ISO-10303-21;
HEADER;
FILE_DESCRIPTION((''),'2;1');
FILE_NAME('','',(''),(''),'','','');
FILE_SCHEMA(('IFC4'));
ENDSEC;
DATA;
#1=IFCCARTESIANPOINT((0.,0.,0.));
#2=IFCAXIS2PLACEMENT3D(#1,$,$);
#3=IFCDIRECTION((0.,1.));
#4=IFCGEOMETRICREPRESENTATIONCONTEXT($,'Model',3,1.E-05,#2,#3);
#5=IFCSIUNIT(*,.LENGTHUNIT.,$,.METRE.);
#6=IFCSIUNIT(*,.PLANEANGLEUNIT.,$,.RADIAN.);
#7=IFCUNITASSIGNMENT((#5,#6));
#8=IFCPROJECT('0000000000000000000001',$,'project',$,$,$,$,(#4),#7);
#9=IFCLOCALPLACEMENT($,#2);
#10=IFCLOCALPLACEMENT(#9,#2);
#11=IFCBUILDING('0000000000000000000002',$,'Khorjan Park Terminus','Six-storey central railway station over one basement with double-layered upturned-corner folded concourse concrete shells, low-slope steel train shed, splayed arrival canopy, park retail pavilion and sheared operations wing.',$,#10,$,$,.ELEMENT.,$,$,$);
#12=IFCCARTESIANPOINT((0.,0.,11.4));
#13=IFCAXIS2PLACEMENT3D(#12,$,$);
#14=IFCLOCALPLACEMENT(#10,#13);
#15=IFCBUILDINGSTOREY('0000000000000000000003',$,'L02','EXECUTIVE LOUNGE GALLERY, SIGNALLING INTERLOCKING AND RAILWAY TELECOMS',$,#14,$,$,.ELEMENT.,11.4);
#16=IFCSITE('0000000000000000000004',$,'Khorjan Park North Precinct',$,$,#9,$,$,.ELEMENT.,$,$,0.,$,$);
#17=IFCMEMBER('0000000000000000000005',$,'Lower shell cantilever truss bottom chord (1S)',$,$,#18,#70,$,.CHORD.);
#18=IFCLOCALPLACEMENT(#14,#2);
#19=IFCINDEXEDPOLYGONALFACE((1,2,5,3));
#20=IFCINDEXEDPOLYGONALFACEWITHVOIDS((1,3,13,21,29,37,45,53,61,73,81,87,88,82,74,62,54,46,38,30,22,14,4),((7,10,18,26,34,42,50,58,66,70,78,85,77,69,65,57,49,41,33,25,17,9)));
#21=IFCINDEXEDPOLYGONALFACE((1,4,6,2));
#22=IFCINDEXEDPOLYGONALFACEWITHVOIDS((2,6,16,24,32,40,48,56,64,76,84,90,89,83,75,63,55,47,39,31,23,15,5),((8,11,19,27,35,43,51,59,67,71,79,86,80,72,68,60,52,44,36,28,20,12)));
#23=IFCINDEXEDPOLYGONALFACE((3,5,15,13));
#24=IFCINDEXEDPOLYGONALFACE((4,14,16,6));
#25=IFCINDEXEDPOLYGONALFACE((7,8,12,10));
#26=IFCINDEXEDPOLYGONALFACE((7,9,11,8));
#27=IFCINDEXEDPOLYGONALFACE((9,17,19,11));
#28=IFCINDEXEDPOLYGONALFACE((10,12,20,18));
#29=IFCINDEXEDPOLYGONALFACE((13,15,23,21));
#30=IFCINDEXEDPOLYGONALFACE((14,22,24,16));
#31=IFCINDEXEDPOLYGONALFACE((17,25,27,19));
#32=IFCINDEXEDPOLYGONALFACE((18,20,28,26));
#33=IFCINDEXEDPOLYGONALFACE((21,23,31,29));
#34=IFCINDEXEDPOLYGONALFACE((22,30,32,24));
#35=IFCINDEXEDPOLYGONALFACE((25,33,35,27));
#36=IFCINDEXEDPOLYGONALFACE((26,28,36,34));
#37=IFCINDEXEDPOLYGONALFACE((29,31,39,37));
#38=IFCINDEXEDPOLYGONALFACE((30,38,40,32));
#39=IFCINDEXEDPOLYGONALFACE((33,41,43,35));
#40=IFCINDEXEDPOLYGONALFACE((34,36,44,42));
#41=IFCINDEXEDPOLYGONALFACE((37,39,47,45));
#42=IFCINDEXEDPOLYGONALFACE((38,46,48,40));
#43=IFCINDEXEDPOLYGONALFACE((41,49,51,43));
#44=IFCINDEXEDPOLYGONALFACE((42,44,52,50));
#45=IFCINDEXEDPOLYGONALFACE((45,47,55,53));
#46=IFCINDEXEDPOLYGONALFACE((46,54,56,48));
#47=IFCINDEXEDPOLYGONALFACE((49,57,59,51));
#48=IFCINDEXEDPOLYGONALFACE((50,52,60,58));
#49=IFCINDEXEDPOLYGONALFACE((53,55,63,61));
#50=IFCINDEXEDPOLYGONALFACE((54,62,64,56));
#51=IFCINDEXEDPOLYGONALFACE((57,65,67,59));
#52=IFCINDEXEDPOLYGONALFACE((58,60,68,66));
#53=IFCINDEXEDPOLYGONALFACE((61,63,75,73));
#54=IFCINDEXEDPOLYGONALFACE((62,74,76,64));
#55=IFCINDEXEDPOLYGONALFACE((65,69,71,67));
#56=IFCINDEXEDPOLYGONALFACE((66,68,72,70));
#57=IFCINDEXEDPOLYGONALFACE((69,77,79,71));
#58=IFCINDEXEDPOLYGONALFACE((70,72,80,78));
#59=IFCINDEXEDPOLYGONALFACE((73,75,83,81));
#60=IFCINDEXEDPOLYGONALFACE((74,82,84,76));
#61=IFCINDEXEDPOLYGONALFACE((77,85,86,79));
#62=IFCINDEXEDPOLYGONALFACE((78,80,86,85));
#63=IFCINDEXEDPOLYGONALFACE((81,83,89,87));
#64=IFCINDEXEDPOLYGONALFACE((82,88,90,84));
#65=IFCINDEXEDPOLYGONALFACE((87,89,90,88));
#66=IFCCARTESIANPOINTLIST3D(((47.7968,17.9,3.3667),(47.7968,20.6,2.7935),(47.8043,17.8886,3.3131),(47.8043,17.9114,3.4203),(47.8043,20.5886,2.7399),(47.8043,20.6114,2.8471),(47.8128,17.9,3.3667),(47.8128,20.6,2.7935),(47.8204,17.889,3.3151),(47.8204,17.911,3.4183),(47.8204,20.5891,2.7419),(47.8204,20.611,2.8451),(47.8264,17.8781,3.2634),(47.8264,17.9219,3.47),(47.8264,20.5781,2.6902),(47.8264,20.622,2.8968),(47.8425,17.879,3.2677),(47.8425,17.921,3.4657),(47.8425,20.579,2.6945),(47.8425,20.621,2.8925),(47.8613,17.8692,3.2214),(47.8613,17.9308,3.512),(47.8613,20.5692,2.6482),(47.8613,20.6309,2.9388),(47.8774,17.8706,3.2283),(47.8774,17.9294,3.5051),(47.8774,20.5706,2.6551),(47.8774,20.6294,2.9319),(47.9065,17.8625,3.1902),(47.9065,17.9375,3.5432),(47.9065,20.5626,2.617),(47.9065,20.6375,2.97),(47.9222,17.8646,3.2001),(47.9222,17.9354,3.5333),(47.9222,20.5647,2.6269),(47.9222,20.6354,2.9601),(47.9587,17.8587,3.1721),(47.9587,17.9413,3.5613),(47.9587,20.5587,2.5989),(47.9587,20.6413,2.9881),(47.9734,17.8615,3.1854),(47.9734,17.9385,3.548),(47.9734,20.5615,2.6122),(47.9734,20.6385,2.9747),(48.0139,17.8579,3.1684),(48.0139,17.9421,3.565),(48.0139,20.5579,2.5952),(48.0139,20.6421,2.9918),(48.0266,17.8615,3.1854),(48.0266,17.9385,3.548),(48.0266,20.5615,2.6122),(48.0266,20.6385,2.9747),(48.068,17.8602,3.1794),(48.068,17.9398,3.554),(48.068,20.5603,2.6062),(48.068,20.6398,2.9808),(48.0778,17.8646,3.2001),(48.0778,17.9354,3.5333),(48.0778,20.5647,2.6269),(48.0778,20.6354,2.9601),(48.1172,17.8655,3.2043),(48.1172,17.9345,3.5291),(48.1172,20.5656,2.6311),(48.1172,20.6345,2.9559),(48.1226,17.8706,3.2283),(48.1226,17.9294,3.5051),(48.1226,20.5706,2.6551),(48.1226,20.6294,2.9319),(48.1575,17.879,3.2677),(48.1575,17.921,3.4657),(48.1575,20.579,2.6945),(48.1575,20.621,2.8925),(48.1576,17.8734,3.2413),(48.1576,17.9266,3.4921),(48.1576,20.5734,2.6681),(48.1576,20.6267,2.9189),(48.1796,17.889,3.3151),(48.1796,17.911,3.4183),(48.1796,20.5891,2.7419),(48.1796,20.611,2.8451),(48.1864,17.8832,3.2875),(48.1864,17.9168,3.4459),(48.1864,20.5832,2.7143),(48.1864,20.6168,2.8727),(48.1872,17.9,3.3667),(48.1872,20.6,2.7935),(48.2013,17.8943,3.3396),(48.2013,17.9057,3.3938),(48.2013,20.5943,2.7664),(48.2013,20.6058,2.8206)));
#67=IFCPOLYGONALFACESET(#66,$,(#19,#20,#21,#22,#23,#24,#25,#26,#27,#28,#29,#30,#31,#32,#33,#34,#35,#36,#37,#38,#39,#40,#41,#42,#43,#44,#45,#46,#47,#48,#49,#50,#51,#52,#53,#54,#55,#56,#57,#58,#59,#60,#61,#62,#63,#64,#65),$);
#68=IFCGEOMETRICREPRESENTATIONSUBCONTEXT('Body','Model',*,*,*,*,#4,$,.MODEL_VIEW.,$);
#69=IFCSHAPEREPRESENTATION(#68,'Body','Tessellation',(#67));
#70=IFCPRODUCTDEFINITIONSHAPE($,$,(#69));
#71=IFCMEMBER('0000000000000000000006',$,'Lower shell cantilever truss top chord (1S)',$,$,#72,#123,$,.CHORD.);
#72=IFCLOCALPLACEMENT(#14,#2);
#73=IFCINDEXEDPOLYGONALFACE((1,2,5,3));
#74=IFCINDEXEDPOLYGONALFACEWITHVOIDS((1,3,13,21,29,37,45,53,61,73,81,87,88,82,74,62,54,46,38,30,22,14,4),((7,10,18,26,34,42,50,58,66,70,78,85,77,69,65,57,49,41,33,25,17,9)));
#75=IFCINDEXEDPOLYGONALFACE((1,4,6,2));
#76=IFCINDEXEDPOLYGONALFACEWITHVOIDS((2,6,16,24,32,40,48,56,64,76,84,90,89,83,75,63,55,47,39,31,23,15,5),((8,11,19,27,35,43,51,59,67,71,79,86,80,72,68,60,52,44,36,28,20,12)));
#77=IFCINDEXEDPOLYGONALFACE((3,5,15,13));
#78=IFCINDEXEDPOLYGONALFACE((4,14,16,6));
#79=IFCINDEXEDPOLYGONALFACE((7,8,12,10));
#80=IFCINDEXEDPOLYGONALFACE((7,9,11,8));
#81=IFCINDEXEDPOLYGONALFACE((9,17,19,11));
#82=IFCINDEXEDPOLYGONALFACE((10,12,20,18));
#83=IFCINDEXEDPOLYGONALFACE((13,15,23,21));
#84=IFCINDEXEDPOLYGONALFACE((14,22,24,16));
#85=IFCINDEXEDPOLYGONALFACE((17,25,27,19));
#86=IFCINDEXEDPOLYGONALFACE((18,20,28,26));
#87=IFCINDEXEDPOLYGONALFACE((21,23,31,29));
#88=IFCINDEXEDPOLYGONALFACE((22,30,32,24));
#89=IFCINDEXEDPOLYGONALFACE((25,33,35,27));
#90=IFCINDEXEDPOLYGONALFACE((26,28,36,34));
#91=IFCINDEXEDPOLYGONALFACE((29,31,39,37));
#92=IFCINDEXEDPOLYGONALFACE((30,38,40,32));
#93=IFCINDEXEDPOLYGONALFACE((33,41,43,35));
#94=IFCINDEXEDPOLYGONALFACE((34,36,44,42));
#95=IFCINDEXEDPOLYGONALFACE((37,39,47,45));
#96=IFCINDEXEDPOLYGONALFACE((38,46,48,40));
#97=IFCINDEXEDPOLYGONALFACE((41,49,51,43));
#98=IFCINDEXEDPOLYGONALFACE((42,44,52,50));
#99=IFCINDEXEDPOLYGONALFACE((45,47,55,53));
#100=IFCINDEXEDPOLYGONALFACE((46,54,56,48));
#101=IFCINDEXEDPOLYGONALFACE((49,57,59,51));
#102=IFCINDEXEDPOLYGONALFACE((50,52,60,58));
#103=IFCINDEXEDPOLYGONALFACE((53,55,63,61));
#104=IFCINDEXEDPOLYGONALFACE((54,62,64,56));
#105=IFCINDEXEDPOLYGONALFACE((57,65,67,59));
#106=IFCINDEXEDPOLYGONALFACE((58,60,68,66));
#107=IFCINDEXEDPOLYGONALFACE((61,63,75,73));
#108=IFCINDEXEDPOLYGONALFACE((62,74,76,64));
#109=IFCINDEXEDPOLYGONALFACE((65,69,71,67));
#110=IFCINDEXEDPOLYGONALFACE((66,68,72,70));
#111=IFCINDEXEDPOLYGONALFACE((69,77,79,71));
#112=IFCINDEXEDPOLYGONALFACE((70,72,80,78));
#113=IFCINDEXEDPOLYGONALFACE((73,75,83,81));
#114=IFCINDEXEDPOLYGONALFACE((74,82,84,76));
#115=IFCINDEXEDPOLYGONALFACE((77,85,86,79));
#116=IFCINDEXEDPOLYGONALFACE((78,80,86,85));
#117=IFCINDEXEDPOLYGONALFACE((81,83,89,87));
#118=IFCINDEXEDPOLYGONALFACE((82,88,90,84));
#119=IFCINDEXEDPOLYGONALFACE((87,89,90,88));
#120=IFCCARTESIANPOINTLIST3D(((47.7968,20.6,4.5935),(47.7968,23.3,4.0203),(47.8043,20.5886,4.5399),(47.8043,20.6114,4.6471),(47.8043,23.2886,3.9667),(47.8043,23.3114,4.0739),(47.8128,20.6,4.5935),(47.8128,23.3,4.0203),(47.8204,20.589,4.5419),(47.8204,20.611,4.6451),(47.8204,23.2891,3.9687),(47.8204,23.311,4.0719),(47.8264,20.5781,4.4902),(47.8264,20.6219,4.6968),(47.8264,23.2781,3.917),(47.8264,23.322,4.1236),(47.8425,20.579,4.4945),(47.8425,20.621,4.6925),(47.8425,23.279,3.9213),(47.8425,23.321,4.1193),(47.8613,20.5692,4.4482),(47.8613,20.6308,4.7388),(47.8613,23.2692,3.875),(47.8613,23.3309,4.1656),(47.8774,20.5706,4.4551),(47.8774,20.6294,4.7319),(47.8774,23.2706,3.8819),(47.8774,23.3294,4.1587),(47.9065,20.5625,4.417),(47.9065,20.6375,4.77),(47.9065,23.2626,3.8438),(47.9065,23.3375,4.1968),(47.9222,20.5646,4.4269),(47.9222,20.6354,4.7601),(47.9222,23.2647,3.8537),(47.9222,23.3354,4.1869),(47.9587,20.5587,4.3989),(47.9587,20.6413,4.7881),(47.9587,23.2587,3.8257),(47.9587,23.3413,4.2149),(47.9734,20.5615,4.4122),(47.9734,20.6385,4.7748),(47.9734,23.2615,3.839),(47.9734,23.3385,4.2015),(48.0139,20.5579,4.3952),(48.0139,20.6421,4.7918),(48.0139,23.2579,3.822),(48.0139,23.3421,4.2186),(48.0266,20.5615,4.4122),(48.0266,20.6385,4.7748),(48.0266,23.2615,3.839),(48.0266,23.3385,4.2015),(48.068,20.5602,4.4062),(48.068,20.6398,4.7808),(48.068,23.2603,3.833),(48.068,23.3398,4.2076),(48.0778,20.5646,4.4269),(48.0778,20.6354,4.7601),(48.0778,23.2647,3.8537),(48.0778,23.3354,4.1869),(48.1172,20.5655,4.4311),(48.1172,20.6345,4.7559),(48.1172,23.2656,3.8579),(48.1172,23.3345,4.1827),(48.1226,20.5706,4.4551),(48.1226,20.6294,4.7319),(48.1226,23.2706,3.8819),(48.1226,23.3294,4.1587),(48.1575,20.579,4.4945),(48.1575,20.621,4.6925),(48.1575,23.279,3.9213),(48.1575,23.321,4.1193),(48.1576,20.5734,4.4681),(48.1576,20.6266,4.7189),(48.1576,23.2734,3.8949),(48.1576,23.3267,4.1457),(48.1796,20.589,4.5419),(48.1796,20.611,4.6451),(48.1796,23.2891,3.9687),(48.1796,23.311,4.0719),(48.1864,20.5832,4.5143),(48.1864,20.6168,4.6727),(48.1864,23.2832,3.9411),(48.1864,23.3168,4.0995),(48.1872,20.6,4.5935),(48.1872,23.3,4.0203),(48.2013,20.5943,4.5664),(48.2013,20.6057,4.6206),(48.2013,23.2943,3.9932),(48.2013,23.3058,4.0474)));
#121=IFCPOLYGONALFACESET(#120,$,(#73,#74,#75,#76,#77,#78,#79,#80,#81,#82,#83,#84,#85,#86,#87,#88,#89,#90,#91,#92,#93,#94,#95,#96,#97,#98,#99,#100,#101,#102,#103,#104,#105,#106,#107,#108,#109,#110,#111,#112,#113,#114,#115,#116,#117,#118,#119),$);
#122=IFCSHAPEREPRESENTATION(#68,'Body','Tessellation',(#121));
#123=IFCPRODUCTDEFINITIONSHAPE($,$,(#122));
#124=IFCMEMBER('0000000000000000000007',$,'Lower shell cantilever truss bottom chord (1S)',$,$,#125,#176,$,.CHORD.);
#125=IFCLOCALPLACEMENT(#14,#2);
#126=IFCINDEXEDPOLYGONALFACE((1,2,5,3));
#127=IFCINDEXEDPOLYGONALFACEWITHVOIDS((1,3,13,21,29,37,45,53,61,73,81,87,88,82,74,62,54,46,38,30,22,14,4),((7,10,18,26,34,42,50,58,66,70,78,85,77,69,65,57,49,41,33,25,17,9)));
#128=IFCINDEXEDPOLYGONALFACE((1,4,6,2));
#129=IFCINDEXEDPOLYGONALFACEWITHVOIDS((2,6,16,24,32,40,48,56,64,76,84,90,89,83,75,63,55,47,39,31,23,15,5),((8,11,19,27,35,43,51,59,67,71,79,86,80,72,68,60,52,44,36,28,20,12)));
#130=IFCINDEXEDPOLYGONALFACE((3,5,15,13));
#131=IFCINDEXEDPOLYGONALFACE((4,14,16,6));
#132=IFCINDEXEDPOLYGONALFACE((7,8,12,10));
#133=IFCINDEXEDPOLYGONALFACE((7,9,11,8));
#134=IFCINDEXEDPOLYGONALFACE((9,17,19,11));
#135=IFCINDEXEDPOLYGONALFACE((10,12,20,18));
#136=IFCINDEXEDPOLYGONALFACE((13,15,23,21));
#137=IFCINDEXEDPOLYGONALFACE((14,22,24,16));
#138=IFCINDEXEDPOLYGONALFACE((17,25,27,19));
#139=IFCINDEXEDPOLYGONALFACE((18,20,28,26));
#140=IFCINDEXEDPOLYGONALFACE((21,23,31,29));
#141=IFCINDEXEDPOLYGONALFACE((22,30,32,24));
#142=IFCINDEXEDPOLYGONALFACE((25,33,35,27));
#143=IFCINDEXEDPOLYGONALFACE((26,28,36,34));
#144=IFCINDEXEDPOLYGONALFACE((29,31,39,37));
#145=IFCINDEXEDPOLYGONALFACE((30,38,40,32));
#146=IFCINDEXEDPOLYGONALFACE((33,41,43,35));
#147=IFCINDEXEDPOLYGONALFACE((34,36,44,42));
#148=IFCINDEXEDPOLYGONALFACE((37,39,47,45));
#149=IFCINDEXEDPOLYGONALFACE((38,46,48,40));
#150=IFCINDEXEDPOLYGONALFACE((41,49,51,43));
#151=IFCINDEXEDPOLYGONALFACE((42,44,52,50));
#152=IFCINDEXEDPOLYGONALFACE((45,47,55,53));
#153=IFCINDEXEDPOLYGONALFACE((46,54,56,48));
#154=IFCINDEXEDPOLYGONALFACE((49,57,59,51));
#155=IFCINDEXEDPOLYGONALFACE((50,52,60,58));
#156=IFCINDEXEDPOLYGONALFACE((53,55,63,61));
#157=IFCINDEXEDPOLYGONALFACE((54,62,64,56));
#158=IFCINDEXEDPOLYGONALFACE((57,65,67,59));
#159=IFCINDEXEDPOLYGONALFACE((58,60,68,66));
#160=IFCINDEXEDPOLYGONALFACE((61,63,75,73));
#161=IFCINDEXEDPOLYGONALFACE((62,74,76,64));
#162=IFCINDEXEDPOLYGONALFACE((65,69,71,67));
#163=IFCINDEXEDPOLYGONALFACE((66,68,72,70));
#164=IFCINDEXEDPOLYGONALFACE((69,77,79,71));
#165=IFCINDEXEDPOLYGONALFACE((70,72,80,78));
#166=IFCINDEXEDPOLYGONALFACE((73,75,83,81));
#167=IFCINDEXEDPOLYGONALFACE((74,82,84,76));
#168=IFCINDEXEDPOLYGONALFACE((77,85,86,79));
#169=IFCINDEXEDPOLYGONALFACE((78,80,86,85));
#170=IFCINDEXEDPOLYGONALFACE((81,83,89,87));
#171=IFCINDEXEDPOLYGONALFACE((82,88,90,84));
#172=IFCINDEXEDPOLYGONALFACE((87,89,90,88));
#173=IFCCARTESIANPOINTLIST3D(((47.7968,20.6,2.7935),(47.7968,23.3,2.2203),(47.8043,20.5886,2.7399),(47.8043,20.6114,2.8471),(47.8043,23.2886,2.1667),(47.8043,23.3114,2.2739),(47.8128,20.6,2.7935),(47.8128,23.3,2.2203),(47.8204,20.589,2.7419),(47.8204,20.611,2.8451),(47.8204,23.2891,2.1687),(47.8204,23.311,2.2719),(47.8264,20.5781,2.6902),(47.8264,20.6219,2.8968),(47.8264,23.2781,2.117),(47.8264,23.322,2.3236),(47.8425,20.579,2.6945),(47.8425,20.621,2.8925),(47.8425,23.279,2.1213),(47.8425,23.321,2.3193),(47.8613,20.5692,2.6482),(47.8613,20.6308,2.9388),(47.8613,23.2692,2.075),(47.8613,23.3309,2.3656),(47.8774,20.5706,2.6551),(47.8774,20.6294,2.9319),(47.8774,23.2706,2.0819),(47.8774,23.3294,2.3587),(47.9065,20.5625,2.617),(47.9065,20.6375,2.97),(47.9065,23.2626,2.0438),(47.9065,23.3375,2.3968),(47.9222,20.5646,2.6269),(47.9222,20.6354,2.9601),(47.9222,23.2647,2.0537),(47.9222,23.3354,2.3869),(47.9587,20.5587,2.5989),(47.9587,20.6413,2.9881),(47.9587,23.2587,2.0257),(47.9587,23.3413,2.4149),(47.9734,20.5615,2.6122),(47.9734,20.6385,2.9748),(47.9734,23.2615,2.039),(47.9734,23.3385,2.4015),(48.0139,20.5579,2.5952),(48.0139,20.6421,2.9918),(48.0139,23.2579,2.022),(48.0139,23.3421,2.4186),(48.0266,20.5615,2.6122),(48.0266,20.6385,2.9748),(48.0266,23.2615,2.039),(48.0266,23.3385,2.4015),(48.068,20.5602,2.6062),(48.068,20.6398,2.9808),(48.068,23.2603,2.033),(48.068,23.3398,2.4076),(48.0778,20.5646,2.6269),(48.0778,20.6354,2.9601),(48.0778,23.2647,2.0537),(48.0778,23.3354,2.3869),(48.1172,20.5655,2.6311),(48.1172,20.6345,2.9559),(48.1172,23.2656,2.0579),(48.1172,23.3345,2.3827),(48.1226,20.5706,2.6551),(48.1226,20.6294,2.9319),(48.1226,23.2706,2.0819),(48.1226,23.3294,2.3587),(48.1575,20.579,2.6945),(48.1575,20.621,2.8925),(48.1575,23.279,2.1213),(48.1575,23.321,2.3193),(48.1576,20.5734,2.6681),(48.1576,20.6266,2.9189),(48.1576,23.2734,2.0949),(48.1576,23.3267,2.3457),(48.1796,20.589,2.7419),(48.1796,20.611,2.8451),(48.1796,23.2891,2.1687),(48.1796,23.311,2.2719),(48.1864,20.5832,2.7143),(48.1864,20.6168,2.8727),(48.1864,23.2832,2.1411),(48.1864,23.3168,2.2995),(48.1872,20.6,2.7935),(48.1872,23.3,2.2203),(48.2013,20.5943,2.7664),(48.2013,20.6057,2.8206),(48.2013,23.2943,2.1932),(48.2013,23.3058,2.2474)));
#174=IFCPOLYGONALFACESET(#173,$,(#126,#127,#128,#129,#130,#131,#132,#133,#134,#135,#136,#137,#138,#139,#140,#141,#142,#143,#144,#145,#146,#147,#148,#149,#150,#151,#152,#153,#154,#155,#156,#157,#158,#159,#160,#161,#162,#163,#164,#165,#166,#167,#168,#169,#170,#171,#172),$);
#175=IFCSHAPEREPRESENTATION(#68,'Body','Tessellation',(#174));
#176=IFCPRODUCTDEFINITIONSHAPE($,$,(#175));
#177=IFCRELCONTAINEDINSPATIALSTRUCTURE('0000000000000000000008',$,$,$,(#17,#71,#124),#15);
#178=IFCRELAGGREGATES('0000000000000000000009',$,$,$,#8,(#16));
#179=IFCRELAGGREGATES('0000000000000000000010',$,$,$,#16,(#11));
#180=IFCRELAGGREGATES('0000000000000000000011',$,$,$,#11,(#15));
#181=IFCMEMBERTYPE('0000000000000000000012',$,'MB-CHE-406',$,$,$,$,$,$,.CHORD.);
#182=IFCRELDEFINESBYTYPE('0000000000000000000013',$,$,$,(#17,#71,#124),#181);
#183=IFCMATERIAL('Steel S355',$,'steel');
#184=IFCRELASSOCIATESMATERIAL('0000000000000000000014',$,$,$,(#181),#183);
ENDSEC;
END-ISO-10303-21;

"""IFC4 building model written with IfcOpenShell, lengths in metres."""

from ifc_helpers import new_model, si_unit, direction, frame, origin, origin_2d, place, context, subcontext, project, spatial, hollow_circle, extrude, material, material_profile, profile_set, type_object, element, save


model = new_model("IFC4")

# Units and contexts
model_context = context("Model", 3, precision=1e-05, world=origin(), true_north=direction((0.0, 1.0)))
body_context = subcontext(model_context, "Body", "Model", "MODEL_VIEW")
ifc_project = project(units=[si_unit("LENGTHUNIT", "METRE"), si_unit("PLANEANGLEUNIT", "RADIAN")], contexts=[model_context])

# Site, building, storey
site_placement = place(None, origin())
site = spatial("IfcSite", under=ifc_project, at=site_placement, Name="Khorjan Park North Precinct", CompositionType="ELEMENT", RefElevation=0.0)
building_placement = place(site_placement, origin())
building = spatial("IfcBuilding", under=site, at=building_placement, Name="Khorjan Park Terminus", Description="Six-storey central railway station over one basement with double-layered upturned-corner folded concourse concrete shells, low-slope steel train shed, splayed arrival canopy, park retail pavilion and sheared operations wing.", CompositionType="ELEMENT")
storey_placement = place(building_placement, frame((0.0, 0.0, 11.4)))
storey = spatial("IfcBuildingStorey", under=building, at=storey_placement, Name="L02", Description="EXECUTIVE LOUNGE GALLERY, SIGNALLING INTERLOCKING AND RAILWAY TELECOMS", CompositionType="ELEMENT", Elevation=11.4)

# Members
ifc_material_1 = material(Name="Steel S355", Category="steel")
ifc_material_profile_1 = material_profile(ifc_material_1, hollow_circle(Radius=0.2032, WallThickness=0.016, at=origin_2d()), Name="CHS 406.4x16")
ifc_profile_set_1 = profile_set([ifc_material_profile_1], Name="Steel S355")
member_type_1 = type_object("IfcMemberType", Name="MB-CHE-406", PredefinedType="CHORD", material=ifc_profile_set_1)
for number, where, z_axis, x_axis, name in (
    (1, (48.0, 17.9, 3.3667), (0.0, 0.978199, -0.207668), (-1.0, 0.0, 0.0), "Lower shell cantilever truss bottom chord (1S)"),
    (2, (48.0, 20.6, 4.5935), (0.0, 0.978199, -0.207668), (-1.0, 0.0, 0.0), "Lower shell cantilever truss top chord (1S)"),
    (3, (48.0, 20.6, 2.7935), (0.0, 0.978199, -0.207668), (-1.0, 0.0, 0.0), "Lower shell cantilever truss bottom chord (1S)"),
):
    element("IfcMember", number, at=place(storey_placement, frame(where, z_axis=z_axis, x_axis=x_axis)), inside=storey, type_object=member_type_1, Name=name, PredefinedType="CHORD", context=body_context, shape_type="SweptSolid", body=[
        extrude(hollow_circle(Radius=0.2032, WallThickness=0.016, at=origin_2d()), origin(), (0.0, 0.0, 1.0), 2.7602),
    ])

save(model, "model.ifc")
